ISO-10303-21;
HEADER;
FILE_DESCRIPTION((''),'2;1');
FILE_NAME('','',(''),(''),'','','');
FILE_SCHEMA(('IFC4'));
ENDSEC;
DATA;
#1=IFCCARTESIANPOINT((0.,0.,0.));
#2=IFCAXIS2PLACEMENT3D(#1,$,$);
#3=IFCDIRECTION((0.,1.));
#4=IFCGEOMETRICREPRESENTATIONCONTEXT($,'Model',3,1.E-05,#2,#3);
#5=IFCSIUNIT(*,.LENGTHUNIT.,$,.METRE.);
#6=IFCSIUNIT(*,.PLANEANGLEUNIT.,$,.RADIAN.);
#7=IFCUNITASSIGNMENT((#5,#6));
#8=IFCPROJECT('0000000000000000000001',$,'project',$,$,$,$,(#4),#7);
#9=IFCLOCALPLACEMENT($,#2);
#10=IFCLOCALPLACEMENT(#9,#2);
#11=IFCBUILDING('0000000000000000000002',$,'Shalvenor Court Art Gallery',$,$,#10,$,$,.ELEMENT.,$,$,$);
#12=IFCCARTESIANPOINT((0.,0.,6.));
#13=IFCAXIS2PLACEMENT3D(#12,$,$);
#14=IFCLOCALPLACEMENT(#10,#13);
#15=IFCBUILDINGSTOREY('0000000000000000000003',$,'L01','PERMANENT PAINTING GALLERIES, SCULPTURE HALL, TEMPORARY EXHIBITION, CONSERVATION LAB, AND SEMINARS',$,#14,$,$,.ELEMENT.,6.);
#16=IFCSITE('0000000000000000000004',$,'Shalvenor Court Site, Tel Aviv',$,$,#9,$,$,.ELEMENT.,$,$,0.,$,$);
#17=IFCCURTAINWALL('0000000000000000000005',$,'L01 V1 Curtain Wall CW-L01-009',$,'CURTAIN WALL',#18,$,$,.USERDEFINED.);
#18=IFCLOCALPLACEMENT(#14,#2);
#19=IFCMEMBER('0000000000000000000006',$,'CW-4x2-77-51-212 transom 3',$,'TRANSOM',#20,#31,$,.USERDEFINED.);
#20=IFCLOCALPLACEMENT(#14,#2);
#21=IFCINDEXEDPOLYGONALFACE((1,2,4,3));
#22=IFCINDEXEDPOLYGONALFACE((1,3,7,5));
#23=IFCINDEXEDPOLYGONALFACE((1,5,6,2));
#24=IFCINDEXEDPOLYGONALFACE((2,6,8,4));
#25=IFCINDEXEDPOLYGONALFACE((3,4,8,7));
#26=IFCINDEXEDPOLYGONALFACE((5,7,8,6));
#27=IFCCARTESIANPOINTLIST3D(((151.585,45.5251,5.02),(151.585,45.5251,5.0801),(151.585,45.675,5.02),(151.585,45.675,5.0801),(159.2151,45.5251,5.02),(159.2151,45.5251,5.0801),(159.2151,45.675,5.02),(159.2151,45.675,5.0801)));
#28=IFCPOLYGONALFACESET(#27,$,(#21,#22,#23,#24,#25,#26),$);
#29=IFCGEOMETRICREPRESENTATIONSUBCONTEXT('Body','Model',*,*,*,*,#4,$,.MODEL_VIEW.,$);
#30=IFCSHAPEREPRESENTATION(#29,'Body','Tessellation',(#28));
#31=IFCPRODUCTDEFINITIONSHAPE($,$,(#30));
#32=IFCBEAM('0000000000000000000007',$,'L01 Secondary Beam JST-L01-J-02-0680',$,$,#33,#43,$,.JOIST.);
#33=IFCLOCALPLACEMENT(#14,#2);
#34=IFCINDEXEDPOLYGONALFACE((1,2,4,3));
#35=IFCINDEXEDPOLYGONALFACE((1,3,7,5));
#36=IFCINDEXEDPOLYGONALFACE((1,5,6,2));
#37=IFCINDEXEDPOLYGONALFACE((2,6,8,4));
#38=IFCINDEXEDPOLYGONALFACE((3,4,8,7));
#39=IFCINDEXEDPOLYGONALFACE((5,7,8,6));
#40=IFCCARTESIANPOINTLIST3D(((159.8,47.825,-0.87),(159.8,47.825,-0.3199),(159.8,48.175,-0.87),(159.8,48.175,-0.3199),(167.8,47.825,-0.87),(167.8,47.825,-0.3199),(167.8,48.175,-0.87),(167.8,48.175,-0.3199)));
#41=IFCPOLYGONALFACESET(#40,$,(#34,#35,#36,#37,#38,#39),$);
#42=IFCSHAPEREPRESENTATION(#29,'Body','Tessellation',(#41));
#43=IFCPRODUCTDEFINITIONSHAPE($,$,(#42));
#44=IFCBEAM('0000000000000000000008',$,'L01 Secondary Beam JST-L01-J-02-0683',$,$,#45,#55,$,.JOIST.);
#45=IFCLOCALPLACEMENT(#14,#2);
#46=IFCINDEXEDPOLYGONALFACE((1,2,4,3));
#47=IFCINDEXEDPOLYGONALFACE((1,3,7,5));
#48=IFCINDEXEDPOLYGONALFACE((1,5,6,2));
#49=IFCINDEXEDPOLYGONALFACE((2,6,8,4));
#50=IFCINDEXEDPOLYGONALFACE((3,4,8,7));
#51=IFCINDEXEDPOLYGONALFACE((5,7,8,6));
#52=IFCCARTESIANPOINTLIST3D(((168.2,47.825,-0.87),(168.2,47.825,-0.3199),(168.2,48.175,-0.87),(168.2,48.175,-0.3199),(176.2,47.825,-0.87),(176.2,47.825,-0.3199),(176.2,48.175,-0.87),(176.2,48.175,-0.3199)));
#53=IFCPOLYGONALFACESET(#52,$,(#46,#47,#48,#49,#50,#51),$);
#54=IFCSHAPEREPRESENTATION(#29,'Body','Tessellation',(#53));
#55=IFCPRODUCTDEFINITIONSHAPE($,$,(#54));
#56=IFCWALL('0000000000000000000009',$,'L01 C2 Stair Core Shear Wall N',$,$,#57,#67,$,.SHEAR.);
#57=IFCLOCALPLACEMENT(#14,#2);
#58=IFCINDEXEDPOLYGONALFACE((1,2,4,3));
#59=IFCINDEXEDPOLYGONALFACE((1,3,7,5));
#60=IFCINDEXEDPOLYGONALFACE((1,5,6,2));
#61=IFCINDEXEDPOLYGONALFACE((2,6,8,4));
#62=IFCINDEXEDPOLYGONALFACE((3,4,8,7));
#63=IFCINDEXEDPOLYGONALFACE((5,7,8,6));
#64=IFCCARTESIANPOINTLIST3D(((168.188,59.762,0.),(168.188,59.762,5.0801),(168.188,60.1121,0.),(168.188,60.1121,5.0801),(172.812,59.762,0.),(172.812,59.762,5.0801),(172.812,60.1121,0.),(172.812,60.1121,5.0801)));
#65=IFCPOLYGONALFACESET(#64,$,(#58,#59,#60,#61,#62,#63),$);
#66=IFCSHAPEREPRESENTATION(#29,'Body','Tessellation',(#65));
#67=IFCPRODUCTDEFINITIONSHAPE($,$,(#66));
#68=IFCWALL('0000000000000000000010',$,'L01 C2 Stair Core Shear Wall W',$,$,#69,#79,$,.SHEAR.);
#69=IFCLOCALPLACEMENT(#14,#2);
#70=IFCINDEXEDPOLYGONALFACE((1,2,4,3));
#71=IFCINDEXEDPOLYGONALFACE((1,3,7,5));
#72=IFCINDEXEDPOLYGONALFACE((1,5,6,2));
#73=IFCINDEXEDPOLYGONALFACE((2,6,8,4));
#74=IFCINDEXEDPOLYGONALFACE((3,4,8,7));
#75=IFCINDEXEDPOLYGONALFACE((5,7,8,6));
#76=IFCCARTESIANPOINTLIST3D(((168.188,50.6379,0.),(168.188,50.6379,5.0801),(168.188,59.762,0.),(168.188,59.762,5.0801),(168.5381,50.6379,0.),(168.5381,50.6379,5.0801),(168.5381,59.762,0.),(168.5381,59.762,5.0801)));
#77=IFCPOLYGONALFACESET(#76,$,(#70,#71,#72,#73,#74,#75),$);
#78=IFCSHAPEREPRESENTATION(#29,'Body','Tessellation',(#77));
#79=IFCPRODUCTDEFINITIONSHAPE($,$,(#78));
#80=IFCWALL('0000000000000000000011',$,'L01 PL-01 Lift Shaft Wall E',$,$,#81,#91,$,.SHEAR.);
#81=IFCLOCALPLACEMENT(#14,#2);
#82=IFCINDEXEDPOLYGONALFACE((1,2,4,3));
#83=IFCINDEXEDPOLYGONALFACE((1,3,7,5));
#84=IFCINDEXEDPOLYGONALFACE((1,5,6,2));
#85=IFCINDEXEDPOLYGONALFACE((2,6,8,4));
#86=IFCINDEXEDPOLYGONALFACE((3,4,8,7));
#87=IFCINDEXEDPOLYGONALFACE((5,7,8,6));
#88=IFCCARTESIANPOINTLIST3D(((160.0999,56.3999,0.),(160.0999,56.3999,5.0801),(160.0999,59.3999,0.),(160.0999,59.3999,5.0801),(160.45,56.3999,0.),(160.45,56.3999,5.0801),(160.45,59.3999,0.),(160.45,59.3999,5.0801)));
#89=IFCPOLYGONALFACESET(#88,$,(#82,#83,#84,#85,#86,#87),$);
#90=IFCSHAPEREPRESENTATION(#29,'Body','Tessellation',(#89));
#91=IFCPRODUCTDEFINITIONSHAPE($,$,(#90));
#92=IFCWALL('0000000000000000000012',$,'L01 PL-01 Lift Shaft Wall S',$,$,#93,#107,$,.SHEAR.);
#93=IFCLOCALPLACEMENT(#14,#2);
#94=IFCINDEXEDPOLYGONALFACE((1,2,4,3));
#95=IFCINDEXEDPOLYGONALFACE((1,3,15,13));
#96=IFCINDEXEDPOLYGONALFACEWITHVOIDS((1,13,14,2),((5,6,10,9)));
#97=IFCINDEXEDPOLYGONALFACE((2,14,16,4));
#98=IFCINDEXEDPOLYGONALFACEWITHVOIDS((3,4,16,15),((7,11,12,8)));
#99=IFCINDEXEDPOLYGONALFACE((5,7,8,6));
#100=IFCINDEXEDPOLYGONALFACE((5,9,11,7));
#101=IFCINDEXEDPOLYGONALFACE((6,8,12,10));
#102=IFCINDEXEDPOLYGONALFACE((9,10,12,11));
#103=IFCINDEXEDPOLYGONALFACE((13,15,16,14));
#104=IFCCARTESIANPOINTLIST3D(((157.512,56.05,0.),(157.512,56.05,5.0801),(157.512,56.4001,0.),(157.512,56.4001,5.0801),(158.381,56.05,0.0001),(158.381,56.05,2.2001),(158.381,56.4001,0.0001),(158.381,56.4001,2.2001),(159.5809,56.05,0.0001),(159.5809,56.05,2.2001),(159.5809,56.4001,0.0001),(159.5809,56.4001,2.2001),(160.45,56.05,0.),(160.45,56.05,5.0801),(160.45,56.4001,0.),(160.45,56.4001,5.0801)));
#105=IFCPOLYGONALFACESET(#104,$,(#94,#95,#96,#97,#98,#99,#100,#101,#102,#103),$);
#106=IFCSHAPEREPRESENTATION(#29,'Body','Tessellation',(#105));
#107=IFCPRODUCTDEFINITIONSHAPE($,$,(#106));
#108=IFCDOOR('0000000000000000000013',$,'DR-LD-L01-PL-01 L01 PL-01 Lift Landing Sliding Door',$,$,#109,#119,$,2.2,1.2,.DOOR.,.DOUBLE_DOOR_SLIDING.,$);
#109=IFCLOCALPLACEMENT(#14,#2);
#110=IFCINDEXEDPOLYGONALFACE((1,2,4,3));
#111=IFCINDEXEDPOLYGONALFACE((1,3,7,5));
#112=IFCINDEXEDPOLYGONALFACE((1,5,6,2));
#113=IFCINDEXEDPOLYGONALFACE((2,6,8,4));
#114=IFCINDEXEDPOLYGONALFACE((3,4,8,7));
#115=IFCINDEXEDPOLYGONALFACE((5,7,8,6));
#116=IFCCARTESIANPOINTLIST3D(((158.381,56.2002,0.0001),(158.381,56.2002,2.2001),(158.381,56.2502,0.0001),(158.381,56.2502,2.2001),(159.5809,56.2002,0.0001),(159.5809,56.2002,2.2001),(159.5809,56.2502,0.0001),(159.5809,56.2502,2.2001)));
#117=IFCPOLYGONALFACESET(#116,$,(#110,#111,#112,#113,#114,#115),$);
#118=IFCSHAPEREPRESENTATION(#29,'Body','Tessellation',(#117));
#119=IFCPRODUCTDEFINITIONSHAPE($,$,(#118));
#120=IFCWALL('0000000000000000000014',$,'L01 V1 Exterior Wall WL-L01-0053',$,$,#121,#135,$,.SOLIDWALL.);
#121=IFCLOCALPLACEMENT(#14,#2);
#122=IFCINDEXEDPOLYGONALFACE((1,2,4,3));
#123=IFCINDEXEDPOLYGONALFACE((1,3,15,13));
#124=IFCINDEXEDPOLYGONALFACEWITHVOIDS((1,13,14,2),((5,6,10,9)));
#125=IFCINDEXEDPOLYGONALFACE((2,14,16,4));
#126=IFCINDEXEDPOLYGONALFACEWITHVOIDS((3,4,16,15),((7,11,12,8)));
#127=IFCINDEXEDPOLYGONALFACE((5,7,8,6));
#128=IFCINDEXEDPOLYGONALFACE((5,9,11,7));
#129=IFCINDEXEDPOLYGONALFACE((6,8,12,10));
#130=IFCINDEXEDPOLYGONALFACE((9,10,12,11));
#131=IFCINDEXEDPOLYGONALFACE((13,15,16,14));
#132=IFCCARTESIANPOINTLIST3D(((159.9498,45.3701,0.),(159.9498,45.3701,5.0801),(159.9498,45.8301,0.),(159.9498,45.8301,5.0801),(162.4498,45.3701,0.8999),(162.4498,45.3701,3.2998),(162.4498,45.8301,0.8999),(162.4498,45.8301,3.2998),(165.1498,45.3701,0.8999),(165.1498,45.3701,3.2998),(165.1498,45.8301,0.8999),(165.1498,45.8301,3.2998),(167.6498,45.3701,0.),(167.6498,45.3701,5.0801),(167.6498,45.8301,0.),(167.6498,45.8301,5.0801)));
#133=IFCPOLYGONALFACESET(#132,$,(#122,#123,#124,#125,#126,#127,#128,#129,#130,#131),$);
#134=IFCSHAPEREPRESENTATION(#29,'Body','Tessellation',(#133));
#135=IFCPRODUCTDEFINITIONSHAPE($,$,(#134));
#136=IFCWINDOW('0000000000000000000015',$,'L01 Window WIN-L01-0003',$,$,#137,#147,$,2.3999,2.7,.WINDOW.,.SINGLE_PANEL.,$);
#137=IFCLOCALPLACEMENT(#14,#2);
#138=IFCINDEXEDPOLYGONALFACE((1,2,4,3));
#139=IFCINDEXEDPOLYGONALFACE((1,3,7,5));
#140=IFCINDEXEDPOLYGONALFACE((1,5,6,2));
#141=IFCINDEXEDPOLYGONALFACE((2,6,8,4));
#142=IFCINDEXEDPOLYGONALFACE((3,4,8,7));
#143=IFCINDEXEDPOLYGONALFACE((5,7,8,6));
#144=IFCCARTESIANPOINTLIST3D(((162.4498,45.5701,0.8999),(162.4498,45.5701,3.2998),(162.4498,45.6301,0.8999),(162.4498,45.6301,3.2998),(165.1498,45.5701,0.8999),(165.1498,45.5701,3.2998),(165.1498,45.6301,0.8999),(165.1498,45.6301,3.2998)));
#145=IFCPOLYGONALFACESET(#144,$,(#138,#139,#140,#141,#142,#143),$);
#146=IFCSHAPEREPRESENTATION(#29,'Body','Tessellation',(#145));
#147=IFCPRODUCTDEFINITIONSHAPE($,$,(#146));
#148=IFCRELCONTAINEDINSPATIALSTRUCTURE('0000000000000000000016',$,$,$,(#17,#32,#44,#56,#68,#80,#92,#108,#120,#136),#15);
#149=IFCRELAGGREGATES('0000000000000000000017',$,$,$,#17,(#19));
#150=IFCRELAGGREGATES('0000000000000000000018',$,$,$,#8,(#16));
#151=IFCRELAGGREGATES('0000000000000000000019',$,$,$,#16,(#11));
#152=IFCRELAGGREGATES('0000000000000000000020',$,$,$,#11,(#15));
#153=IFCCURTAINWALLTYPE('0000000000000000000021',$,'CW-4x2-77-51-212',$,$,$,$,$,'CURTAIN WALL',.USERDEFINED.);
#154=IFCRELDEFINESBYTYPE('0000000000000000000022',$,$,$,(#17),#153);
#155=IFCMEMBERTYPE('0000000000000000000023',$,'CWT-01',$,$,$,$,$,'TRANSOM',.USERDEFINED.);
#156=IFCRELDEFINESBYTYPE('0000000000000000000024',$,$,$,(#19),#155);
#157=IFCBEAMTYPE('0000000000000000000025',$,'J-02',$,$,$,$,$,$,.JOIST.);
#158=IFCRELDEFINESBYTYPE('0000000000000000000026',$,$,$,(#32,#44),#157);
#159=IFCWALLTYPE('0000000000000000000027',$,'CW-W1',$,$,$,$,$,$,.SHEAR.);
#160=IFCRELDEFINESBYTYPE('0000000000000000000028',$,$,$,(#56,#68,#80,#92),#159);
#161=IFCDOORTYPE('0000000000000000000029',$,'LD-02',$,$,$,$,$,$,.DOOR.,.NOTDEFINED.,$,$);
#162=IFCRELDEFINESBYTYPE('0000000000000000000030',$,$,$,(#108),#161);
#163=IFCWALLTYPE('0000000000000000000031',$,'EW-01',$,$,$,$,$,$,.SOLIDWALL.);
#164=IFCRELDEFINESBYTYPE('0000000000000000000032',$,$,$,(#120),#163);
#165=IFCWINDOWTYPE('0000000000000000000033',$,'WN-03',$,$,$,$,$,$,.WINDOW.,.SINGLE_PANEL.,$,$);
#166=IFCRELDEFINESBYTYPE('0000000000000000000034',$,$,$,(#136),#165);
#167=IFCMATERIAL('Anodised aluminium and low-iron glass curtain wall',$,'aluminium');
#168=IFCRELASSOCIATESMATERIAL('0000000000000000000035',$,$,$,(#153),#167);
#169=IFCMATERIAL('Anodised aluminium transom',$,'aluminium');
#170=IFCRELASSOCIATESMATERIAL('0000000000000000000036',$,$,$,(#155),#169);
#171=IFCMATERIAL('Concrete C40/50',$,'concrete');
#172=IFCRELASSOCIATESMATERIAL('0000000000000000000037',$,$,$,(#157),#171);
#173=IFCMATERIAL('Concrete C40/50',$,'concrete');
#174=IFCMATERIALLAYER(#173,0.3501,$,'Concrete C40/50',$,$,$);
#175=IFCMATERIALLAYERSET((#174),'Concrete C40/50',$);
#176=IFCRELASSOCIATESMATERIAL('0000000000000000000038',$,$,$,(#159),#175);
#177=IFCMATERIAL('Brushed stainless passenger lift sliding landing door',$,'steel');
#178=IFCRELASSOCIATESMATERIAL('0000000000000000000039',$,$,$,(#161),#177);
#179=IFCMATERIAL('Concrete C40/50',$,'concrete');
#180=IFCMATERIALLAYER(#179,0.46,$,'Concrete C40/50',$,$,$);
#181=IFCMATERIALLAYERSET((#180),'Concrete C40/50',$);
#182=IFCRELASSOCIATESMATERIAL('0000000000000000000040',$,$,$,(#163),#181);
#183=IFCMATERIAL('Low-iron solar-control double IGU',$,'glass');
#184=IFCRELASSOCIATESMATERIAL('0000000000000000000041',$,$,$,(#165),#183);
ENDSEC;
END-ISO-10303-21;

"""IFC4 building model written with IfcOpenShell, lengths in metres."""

from ifc_helpers import new_model, si_unit, direction, frame, frame_2d, origin, origin_2d, place, context, subcontext, project, spatial, rectangle, extrude, material, layer, layer_set, material_profile, profile_set, type_object, element, fill, aggregate, save


model = new_model("IFC4")

# Units and contexts
model_context = context("Model", 3, precision=1e-05, world=origin(), true_north=direction((0.0, 1.0)))
body_context = subcontext(model_context, "Body", "Model", "MODEL_VIEW")
ifc_project = project(units=[si_unit("LENGTHUNIT", "METRE"), si_unit("PLANEANGLEUNIT", "RADIAN")], contexts=[model_context])

# Site, building, storey
site_placement = place(None, origin())
site = spatial("IfcSite", under=ifc_project, at=site_placement, Name="Shalvenor Court Site, Tel Aviv", CompositionType="ELEMENT", RefElevation=0.0)
building_placement = place(site_placement, origin())
building = spatial("IfcBuilding", under=site, at=building_placement, Name="Shalvenor Court Art Gallery", CompositionType="ELEMENT")
storey_placement = place(building_placement, frame((0.0, 0.0, 6.0)))
storey = spatial("IfcBuildingStorey", under=building, at=storey_placement, Name="L01", Description="PERMANENT PAINTING GALLERIES, SCULPTURE HALL, TEMPORARY EXHIBITION, CONSERVATION LAB, AND SEMINARS", CompositionType="ELEMENT", Elevation=6.0)

# Curtain wall, member
ifc_material_1 = material(Name="Anodised aluminium and low-iron glass curtain wall", Category="aluminium")
curtain_wall_type_1 = type_object("IfcCurtainWallType", Name="CW-4x2-77-51-212", ElementType="CURTAIN WALL", PredefinedType="USERDEFINED", material=ifc_material_1)
curtain_wall_1_placement = place(storey_placement, origin())
curtain_wall_1 = element("IfcCurtainWall", 1, at=curtain_wall_1_placement, inside=storey, type_object=curtain_wall_type_1, Name="L01 V1 Curtain Wall CW-L01-009", ObjectType="CURTAIN WALL", PredefinedType="USERDEFINED")
ifc_material_2 = material(Name="Anodised aluminium transom", Category="aluminium")
ifc_material_profile_1 = material_profile(ifc_material_2, rectangle(XDim=0.1499, YDim=0.0601, at=origin_2d()), Name="CWT-01")
ifc_profile_set_1 = profile_set([ifc_material_profile_1], Name="Anodised aluminium transom")
member_type_1 = type_object("IfcMemberType", Name="CWT-01", ElementType="TRANSOM", PredefinedType="USERDEFINED", material=ifc_profile_set_1)
member_1_placement = place(storey_placement, frame((159.2151, 45.6001, 5.05), z_axis=(-1.0, 0.0, 0.0), x_axis=(0.0, -1.0, 0.0)))
member_1 = element("IfcMember", 2, at=member_1_placement, type_object=member_type_1, Name="CW-4x2-77-51-212 transom 3", ObjectType="TRANSOM", PredefinedType="USERDEFINED", context=body_context, shape_type="SweptSolid", body=[
    extrude(rectangle(XDim=0.1499, YDim=0.0601, at=origin_2d()), origin(), (0.0, 0.0, 1.0), 7.6301),
])
aggregate(curtain_wall_1, [member_1])

# Beams
ifc_material_3 = material(Name="Concrete C40/50", Category="concrete")
ifc_material_profile_2 = material_profile(ifc_material_3, rectangle(XDim=0.3501, YDim=0.55, at=origin_2d()), Name="RC 350x550")
ifc_profile_set_2 = profile_set([ifc_material_profile_2], Name="Concrete C40/50")
beam_type_1 = type_object("IfcBeamType", Name="J-02", PredefinedType="JOIST", material=ifc_profile_set_2)
for number, where, z_axis, x_axis, name in (
    (3, (159.8, 48.0, -0.595), (1.0, 0.0, 0.0), (0.0, 1.0, 0.0), "L01 Secondary Beam JST-L01-J-02-0680"),
    (4, (168.2, 48.0, -0.595), (1.0, 0.0, 0.0), (0.0, 1.0, 0.0), "L01 Secondary Beam JST-L01-J-02-0683"),
):
    element("IfcBeam", number, at=place(storey_placement, frame(where, z_axis=z_axis, x_axis=x_axis)), inside=storey, type_object=beam_type_1, Name=name, PredefinedType="JOIST", context=body_context, shape_type="SweptSolid", body=[
        extrude(rectangle(XDim=0.3501, YDim=0.55, at=origin_2d()), origin(), (0.0, 0.0, 1.0), 8.0),
    ])

# Walls
ifc_material_4 = material(Name="Concrete C40/50", Category="concrete")
ifc_layer_1 = layer(ifc_material_4, 0.3501, Name="Concrete C40/50")
ifc_layer_set_1 = layer_set([ifc_layer_1], Name="Concrete C40/50")
wall_type_1 = type_object("IfcWallType", Name="CW-W1", PredefinedType="SHEAR", material=ifc_layer_set_1)
wall_1_placement = place(storey_placement, frame((168.188, 59.937, 0.0), z_axis=(0.0, 0.0, 1.0), x_axis=(1.0, 0.0, 0.0)))
element("IfcWall", 5, at=wall_1_placement, inside=storey, type_object=wall_type_1, Name="L01 C2 Stair Core Shear Wall N", PredefinedType="SHEAR", context=body_context, shape_type="SweptSolid", body=[
    extrude(rectangle(XDim=4.624, YDim=0.3501, at=frame_2d((2.312, 0.0))), origin(), (0.0, 0.0, 1.0), 5.0801),
])
wall_2_placement = place(storey_placement, frame((168.363, 50.6379, 0.0), z_axis=(0.0, 0.0, 1.0), x_axis=(0.0, 1.0, 0.0)))
element("IfcWall", 6, at=wall_2_placement, inside=storey, type_object=wall_type_1, Name="L01 C2 Stair Core Shear Wall W", PredefinedType="SHEAR", context=body_context, shape_type="SweptSolid", body=[
    extrude(rectangle(XDim=9.124, YDim=0.3501, at=frame_2d((4.562, 0.0))), origin(), (0.0, 0.0, 1.0), 5.0801),
])
wall_3_placement = place(storey_placement, frame((160.2749, 59.3999, 0.0), z_axis=(0.0, 0.0, 1.0), x_axis=(0.0, -1.0, 0.0)))
element("IfcWall", 7, at=wall_3_placement, inside=storey, type_object=wall_type_1, Name="L01 PL-01 Lift Shaft Wall E", PredefinedType="SHEAR", context=body_context, shape_type="SweptSolid", body=[
    extrude(rectangle(XDim=3.0, YDim=0.3501, at=frame_2d((1.5, 0.0))), origin(), (0.0, 0.0, 1.0), 5.0801),
])

# Wall, opening, door
wall_4_placement = place(storey_placement, frame((160.45, 56.2251, 0.0), z_axis=(0.0, 0.0, 1.0), x_axis=(-1.0, 0.0, 0.0)))
wall_4 = element("IfcWall", 8, at=wall_4_placement, inside=storey, type_object=wall_type_1, Name="L01 PL-01 Lift Shaft Wall S", PredefinedType="SHEAR", context=body_context, shape_type="SweptSolid", body=[
    extrude(rectangle(XDim=2.938, YDim=0.3501, at=frame_2d((1.469, 0.0))), origin(), (0.0, 0.0, 1.0), 5.0801),
])
opening_1_placement = place(wall_4_placement, frame((0.8689, 0.0, 0.0)))
opening_1 = element("IfcOpeningElement", 9, at=opening_1_placement, cuts=wall_4, PredefinedType="OPENING", context=body_context, shape_type="SweptSolid", body=[
    extrude(rectangle(XDim=1.2, YDim=2.2, at=frame_2d((0.6001, 1.1001))), frame((0.0, 0.1851, 0.0), z_axis=(0.0, -1.0, 0.0), x_axis=(1.0, 0.0, 0.0)), (0.0, 0.0, 1.0), 0.3701),
])
ifc_material_5 = material(Name="Brushed stainless passenger lift sliding landing door", Category="steel")
door_type_1 = type_object("IfcDoorType", Name="LD-02", OperationType="NOTDEFINED", PredefinedType="DOOR", material=ifc_material_5)
door_1_placement = place(opening_1_placement, origin())
door_1 = element("IfcDoor", 10, at=door_1_placement, inside=storey, type_object=door_type_1, Name="DR-LD-L01-PL-01 L01 PL-01 Lift Landing Sliding Door", OperationType="DOUBLE_DOOR_SLIDING", OverallHeight=2.2, OverallWidth=1.2, PredefinedType="DOOR", context=body_context, shape_type="SweptSolid", body=[
    extrude(rectangle(XDim=1.2, YDim=2.2, at=frame_2d((0.6001, 1.1001))), frame((0.0, 0.0249, 0.0), z_axis=(0.0, -1.0, 0.0), x_axis=(1.0, 0.0, 0.0)), (0.0, 0.0, 1.0), 0.05),
])
fill(opening_1, door_1)

# Wall, opening, window
ifc_material_6 = material(Name="Concrete C40/50", Category="concrete")
ifc_layer_2 = layer(ifc_material_6, 0.46, Name="Concrete C40/50")
ifc_layer_set_2 = layer_set([ifc_layer_2], Name="Concrete C40/50")
wall_type_2 = type_object("IfcWallType", Name="EW-01", PredefinedType="SOLIDWALL", material=ifc_layer_set_2)
wall_5_placement = place(storey_placement, frame((167.6499, 45.6001, 0.0), z_axis=(0.0, 0.0, 1.0), x_axis=(-1.0, 0.0, 0.0)))
wall_5 = element("IfcWall", 11, at=wall_5_placement, inside=storey, type_object=wall_type_2, Name="L01 V1 Exterior Wall WL-L01-0053", PredefinedType="SOLIDWALL", context=body_context, shape_type="SweptSolid", body=[
    extrude(rectangle(XDim=7.7, YDim=0.46, at=frame_2d((3.8501, 0.0))), origin(), (0.0, 0.0, 1.0), 5.0801),
])
opening_2_placement = place(wall_5_placement, frame((2.5, 0.0, 0.8999)))
opening_2 = element("IfcOpeningElement", 12, at=opening_2_placement, cuts=wall_5, PredefinedType="OPENING", context=body_context, shape_type="SweptSolid", body=[
    extrude(rectangle(XDim=2.7, YDim=2.3999, at=frame_2d((1.3501, 1.2))), frame((0.0, 0.24, 0.0), z_axis=(0.0, -1.0, 0.0), x_axis=(1.0, 0.0, 0.0)), (0.0, 0.0, 1.0), 0.48),
])
ifc_material_7 = material(Name="Low-iron solar-control double IGU", Category="glass")
window_type = type_object("IfcWindowType", Name="WN-03", PartitioningType="SINGLE_PANEL", PredefinedType="WINDOW", material=ifc_material_7)
window_placement = place(opening_2_placement, origin())
window = element("IfcWindow", 13, at=window_placement, inside=storey, type_object=window_type, Name="L01 Window WIN-L01-0003", OverallHeight=2.3999, OverallWidth=2.7, PartitioningType="SINGLE_PANEL", PredefinedType="WINDOW", context=body_context, shape_type="SweptSolid", body=[
    extrude(rectangle(XDim=2.7, YDim=2.3999, at=frame_2d((1.3501, 1.2))), frame((0.0, 0.03, 0.0), z_axis=(0.0, -1.0, 0.0), x_axis=(1.0, 0.0, 0.0)), (0.0, 0.0, 1.0), 0.0601),
])
fill(opening_2, window)

save(model, "model.ifc")
